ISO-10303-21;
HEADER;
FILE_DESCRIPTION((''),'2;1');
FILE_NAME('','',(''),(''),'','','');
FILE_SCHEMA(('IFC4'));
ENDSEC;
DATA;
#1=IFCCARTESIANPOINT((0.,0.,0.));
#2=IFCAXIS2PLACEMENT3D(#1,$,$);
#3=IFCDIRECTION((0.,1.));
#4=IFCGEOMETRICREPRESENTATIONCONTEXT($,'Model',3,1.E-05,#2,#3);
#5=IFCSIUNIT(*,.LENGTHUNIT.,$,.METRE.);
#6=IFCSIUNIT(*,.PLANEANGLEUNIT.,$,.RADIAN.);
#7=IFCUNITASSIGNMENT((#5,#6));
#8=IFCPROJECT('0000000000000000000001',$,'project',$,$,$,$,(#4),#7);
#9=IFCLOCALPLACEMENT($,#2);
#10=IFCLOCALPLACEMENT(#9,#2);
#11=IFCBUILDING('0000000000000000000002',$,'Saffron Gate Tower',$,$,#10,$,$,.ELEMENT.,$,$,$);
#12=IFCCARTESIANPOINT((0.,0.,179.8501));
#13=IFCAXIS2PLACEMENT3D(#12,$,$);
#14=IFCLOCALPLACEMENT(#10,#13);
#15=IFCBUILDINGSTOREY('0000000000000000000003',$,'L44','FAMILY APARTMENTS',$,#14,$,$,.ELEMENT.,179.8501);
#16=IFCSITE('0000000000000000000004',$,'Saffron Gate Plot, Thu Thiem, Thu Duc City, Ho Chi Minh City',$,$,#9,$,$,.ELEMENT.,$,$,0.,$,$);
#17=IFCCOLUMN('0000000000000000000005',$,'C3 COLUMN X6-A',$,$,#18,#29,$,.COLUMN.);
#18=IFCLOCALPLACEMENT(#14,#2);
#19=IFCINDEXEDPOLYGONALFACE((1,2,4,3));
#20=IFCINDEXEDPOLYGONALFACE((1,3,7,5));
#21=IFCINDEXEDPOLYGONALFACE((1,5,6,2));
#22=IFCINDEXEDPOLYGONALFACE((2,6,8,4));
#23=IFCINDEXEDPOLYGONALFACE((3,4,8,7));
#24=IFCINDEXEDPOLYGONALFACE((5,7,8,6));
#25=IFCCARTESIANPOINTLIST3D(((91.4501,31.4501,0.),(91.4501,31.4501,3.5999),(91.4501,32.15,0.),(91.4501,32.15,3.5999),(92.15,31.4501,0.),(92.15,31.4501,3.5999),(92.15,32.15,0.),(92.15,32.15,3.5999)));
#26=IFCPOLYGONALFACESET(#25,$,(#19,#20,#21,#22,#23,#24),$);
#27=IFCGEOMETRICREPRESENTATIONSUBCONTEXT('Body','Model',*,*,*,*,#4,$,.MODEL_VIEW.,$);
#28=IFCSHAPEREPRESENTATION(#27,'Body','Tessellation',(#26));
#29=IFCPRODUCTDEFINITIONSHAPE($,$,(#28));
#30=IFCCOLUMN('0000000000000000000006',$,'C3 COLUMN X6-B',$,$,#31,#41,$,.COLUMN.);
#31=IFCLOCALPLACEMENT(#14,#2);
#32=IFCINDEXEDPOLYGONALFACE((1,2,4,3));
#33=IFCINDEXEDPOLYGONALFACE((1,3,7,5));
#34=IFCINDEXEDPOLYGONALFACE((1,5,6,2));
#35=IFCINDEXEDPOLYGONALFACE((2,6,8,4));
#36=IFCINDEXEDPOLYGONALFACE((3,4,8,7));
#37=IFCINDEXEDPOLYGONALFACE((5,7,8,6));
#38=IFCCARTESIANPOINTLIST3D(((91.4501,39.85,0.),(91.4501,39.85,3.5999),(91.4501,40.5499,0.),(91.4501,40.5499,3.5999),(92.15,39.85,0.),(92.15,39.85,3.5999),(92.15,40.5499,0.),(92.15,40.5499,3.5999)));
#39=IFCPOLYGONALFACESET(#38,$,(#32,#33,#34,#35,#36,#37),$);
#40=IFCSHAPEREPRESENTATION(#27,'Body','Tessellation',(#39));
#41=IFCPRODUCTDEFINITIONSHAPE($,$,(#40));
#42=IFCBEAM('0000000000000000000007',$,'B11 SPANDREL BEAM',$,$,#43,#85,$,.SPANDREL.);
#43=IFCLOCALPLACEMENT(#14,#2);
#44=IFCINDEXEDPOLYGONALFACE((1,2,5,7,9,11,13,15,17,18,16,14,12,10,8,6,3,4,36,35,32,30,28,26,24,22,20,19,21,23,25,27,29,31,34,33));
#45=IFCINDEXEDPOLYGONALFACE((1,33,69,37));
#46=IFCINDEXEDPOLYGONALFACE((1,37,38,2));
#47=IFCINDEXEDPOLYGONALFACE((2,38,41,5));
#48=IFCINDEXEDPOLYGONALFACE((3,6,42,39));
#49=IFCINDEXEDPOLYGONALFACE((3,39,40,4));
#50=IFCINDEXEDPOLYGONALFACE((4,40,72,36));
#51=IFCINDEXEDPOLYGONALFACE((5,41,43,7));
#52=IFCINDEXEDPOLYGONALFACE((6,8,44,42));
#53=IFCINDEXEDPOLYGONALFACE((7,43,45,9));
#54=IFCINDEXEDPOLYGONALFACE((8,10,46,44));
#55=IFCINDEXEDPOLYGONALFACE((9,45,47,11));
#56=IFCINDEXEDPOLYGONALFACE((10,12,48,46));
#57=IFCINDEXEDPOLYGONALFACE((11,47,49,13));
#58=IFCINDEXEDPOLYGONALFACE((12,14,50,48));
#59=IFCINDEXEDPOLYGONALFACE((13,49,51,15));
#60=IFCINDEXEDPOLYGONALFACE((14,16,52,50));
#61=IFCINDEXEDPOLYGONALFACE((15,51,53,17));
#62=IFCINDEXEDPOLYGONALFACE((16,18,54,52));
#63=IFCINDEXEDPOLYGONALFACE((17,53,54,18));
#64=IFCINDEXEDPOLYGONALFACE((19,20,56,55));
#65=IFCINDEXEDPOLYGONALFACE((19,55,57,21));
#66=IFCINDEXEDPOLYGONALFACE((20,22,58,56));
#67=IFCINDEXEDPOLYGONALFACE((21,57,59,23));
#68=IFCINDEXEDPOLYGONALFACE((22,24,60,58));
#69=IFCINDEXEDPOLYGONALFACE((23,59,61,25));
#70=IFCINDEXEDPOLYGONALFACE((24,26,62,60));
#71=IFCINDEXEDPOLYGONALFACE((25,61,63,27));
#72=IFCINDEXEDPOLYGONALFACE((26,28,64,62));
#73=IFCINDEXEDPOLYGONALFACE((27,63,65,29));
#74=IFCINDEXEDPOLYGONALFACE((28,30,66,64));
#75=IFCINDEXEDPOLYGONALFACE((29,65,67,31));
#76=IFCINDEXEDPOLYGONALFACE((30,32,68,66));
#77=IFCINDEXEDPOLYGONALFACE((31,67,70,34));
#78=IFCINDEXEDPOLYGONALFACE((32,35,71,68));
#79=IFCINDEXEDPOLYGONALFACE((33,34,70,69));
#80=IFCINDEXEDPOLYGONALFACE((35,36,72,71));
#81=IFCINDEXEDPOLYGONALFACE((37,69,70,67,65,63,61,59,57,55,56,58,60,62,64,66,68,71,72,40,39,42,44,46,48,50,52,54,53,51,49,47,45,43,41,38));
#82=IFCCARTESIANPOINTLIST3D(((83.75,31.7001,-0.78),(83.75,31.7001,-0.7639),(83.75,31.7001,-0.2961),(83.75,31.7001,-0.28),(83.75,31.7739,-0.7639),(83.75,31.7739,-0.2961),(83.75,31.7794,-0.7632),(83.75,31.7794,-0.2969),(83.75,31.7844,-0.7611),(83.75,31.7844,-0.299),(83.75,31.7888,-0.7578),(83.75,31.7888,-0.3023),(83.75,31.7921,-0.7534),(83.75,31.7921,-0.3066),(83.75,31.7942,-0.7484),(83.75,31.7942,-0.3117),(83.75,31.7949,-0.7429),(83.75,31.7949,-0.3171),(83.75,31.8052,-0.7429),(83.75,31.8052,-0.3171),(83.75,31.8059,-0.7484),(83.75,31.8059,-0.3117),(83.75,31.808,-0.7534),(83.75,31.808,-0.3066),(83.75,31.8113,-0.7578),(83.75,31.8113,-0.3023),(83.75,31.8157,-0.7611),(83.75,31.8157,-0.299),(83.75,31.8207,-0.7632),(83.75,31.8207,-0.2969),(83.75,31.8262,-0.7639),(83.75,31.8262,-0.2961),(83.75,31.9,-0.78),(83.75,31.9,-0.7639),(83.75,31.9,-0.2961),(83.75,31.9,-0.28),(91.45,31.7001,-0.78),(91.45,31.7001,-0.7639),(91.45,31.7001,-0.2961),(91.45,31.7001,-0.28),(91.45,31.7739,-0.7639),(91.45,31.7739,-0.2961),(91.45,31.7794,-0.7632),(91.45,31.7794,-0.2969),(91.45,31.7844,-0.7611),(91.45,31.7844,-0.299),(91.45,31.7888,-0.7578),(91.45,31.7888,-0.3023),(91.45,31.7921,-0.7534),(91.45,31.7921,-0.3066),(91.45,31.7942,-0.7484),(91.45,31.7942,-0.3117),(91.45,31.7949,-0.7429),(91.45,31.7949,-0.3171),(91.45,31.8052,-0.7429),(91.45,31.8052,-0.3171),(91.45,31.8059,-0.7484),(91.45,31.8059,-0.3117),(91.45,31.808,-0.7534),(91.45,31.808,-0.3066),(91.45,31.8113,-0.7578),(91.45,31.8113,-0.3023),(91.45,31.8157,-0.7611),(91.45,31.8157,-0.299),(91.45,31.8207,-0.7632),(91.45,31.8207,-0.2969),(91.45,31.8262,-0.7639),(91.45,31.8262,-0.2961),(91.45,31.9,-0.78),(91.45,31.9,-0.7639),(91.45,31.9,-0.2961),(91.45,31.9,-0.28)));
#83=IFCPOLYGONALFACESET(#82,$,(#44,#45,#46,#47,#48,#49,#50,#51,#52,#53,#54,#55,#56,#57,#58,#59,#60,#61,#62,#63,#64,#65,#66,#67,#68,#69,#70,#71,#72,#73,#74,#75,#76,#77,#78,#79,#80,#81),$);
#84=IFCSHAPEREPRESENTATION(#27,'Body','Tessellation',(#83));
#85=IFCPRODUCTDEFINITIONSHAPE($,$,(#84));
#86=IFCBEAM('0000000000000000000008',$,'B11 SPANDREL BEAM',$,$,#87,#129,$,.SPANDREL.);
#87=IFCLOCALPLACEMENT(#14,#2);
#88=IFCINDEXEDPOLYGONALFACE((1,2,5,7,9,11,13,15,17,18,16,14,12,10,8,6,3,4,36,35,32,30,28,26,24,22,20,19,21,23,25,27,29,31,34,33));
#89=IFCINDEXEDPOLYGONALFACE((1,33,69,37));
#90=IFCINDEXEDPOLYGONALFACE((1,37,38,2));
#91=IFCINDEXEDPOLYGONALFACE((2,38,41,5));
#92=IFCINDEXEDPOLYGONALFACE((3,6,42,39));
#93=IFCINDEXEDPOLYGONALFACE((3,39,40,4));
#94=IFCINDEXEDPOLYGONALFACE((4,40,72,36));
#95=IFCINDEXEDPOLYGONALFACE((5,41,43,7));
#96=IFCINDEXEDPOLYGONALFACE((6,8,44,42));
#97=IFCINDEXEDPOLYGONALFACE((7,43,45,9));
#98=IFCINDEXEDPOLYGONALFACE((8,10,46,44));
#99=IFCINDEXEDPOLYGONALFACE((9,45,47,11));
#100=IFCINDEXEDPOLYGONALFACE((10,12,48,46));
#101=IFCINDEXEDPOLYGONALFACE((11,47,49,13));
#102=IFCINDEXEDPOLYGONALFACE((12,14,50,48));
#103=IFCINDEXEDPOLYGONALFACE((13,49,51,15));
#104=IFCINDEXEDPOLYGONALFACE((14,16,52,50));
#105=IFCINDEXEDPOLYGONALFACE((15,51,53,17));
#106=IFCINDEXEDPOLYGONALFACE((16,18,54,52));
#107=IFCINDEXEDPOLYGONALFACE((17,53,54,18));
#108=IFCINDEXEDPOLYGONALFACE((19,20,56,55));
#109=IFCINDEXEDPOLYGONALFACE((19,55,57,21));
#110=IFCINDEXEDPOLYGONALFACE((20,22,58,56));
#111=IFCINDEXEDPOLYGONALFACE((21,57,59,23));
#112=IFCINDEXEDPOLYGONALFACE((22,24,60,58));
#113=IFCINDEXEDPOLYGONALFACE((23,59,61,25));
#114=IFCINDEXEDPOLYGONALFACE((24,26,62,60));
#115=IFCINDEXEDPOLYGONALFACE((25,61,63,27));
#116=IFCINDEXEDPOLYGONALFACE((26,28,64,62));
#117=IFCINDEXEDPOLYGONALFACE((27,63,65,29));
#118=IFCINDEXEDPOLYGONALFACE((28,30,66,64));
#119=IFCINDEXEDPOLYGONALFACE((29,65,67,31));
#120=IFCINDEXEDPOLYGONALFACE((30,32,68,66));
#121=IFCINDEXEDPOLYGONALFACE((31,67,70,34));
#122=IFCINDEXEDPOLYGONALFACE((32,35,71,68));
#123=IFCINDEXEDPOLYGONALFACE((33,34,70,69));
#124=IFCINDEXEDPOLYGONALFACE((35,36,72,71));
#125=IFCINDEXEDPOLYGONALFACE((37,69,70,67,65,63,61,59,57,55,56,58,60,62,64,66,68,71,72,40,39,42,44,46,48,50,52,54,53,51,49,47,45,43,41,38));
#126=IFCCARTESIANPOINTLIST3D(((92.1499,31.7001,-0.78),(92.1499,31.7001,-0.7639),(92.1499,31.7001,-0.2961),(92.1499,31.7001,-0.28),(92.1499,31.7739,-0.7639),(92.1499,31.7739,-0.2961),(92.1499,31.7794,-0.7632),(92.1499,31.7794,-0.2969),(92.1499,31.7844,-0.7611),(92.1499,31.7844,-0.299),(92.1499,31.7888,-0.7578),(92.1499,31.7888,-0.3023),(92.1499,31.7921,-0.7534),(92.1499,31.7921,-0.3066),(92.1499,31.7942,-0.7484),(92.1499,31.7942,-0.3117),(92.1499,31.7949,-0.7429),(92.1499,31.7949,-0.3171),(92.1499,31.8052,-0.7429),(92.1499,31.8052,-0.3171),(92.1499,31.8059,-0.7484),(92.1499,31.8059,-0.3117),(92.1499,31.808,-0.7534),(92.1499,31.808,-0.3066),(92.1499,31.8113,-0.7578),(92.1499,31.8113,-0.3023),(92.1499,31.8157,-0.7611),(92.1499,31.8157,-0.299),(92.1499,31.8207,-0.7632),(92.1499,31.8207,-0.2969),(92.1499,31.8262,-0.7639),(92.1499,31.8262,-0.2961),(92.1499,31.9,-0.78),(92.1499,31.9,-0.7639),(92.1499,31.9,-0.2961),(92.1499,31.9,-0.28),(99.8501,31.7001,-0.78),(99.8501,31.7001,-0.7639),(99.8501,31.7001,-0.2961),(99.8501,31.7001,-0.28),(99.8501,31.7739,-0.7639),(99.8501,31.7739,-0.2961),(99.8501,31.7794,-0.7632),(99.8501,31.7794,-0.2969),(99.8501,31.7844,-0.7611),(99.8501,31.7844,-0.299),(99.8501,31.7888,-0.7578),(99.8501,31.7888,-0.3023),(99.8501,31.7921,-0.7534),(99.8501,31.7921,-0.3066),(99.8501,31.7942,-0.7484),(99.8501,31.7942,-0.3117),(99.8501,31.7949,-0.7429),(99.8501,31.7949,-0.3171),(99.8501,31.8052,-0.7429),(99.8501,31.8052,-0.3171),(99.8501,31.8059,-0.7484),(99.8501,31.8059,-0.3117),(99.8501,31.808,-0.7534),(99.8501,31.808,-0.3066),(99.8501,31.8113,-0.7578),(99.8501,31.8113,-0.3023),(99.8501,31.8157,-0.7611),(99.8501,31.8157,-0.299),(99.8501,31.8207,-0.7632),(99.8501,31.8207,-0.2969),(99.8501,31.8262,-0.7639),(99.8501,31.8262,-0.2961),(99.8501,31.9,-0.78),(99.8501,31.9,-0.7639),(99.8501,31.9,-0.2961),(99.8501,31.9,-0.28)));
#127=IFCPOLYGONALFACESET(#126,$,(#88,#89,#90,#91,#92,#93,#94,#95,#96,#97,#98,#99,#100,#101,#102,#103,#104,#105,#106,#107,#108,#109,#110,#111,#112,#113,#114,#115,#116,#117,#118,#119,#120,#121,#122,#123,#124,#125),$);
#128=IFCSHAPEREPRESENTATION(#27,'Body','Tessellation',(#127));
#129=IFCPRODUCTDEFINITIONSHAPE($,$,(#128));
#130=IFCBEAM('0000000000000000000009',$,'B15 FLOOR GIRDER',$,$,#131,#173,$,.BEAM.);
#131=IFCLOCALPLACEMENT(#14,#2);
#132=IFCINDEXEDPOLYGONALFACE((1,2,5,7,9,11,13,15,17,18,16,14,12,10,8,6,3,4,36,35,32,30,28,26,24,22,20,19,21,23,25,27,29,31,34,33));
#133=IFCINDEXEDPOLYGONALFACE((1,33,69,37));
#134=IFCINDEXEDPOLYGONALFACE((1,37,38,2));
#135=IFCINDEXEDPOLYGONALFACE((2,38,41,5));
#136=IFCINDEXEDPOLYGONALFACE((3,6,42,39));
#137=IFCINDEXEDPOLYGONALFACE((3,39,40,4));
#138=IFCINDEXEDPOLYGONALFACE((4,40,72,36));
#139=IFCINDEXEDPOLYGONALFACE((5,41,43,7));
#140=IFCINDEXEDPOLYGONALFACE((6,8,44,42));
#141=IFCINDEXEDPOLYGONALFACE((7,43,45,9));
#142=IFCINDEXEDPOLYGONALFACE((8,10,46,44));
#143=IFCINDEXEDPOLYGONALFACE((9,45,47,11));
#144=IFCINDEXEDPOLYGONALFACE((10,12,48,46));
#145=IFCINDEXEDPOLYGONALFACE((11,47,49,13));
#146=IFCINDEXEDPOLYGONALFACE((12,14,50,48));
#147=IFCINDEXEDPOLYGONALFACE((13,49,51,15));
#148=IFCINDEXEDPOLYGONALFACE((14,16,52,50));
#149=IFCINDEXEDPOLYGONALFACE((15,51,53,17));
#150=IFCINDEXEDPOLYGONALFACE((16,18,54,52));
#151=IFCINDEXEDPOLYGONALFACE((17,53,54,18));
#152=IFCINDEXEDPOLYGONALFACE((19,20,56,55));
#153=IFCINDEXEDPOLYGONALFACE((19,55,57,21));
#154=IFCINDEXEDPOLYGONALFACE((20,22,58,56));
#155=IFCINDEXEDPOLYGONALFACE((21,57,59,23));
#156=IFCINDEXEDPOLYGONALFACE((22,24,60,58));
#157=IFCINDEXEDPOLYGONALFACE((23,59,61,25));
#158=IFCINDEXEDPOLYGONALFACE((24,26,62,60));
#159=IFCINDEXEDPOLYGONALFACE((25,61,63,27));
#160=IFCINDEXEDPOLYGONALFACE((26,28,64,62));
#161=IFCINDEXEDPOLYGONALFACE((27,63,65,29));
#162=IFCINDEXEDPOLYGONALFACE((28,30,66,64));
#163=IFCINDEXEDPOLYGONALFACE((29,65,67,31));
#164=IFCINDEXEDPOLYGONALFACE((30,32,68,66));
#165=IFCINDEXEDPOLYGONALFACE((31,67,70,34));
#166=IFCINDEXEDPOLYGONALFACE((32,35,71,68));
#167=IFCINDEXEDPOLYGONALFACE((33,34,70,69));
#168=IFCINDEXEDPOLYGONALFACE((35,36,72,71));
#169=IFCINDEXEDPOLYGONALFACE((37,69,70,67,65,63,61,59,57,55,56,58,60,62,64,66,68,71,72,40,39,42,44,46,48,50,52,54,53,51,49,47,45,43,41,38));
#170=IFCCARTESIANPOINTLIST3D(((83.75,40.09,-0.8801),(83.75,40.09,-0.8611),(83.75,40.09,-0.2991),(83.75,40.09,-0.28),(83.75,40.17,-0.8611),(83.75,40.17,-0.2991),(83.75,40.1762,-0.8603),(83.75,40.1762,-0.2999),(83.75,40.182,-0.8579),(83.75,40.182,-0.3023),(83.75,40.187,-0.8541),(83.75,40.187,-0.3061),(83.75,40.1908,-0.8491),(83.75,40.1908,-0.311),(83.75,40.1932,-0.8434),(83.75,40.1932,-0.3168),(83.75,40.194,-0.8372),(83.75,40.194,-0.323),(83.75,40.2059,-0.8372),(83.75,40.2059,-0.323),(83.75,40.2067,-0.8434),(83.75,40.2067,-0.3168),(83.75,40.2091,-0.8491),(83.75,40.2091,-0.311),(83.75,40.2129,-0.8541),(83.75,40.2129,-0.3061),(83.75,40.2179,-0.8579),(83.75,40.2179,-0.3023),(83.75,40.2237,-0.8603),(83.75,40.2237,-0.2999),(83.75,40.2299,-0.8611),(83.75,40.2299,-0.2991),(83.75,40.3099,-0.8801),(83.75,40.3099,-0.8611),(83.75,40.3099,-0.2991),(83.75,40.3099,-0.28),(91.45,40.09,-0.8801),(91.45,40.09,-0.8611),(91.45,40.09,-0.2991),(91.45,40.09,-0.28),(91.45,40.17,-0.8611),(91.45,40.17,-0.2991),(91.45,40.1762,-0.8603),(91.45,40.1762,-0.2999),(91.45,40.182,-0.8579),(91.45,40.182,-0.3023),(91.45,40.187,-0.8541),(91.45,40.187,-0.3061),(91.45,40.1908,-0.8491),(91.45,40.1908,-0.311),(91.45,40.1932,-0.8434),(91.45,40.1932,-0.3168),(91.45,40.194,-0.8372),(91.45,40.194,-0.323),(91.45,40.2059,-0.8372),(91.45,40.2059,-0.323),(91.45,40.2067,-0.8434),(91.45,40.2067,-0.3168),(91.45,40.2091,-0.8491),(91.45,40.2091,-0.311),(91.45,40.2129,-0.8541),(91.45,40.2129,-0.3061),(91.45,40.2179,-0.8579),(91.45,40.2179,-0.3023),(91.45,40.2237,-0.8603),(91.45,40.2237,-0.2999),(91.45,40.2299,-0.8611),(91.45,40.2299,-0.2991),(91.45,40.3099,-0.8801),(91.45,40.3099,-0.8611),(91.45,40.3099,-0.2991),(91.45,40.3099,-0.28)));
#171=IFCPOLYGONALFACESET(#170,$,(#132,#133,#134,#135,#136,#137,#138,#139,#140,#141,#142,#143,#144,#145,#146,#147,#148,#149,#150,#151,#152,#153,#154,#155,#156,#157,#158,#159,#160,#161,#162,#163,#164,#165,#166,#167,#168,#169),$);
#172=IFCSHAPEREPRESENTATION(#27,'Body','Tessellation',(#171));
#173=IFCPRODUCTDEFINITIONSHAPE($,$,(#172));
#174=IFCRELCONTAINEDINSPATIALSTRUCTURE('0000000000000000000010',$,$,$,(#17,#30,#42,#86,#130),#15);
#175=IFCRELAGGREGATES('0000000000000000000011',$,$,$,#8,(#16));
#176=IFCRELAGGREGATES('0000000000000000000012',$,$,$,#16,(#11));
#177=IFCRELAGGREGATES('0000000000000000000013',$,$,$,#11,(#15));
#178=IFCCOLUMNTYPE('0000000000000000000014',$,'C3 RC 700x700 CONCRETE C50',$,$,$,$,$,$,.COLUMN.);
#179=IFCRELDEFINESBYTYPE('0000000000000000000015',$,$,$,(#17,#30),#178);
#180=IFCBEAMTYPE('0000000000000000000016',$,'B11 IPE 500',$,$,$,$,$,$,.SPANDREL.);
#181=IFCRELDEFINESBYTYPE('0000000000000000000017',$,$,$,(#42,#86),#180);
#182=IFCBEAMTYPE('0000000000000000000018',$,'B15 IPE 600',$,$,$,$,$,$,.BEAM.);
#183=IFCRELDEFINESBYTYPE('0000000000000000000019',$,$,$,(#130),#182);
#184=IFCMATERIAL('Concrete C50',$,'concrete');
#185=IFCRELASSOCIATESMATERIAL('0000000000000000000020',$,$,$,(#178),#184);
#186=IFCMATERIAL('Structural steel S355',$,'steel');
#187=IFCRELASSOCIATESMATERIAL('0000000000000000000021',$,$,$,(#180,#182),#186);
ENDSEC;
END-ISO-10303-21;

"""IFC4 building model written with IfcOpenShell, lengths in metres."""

from ifc_helpers import new_model, si_unit, direction, frame, origin, origin_2d, place, context, subcontext, project, spatial, rectangle, i_section, extrude, material, material_profile, profile_set, type_object, element, save


model = new_model("IFC4")

# Units and contexts
model_context = context("Model", 3, precision=1e-05, world=origin(), true_north=direction((0.0, 1.0)))
body_context = subcontext(model_context, "Body", "Model", "MODEL_VIEW")
ifc_project = project(units=[si_unit("LENGTHUNIT", "METRE"), si_unit("PLANEANGLEUNIT", "RADIAN")], contexts=[model_context])

# Site, building, storey
site_placement = place(None, origin())
site = spatial("IfcSite", under=ifc_project, at=site_placement, Name="Saffron Gate Plot, Thu Thiem, Thu Duc City, Ho Chi Minh City", CompositionType="ELEMENT", RefElevation=0.0)
building_placement = place(site_placement, origin())
building = spatial("IfcBuilding", under=site, at=building_placement, Name="Saffron Gate Tower", CompositionType="ELEMENT")
storey_placement = place(building_placement, frame((0.0, 0.0, 179.8501)))
storey = spatial("IfcBuildingStorey", under=building, at=storey_placement, Name="L44", Description="FAMILY APARTMENTS", CompositionType="ELEMENT", Elevation=179.8501)

# Columns
ifc_material_1 = material(Name="Concrete C50", Category="concrete")
ifc_material_profile_1 = material_profile(ifc_material_1, rectangle(XDim=0.7, YDim=0.7, at=origin_2d()))
ifc_profile_set_1 = profile_set([ifc_material_profile_1], Name="Concrete C50")
column_type = type_object("IfcColumnType", Name="C3 RC 700x700 CONCRETE C50", PredefinedType="COLUMN", material=ifc_profile_set_1)
for number, where, z_axis, x_axis, name in (
    (1, (91.8, 31.8, 0.0), (0.0, 0.0, 1.0), (1.0, 0.0, 0.0), "C3 COLUMN X6-A"),
    (2, (91.8, 40.2, 0.0), (0.0, 0.0, 1.0), (1.0, 0.0, 0.0), "C3 COLUMN X6-B"),
):
    element("IfcColumn", number, at=place(storey_placement, frame(where, z_axis=z_axis, x_axis=x_axis)), inside=storey, type_object=column_type, Name=name, PredefinedType="COLUMN", context=body_context, shape_type="SweptSolid", body=[
        extrude(rectangle(XDim=0.7, YDim=0.7, at=origin_2d()), origin(), (0.0, 0.0, 1.0), 3.5999),
    ])

# Beams
ifc_material_2 = material(Name="Structural steel S355", Category="steel")
ifc_material_profile_2 = material_profile(ifc_material_2, i_section(OverallWidth=0.2, OverallDepth=0.5, WebThickness=0.0103, FlangeThickness=0.0161, FilletRadius=0.021, at=origin_2d()))
ifc_profile_set_2 = profile_set([ifc_material_profile_2], Name="Structural steel S355")
beam_type_1 = type_object("IfcBeamType", Name="B11 IPE 500", PredefinedType="SPANDREL", material=ifc_profile_set_2)
beam_1_placement = place(storey_placement, frame((83.75, 31.8, -0.53), z_axis=(1.0, 0.0, 0.0), x_axis=(0.0, 1.0, 0.0)))
element("IfcBeam", 3, at=beam_1_placement, inside=storey, type_object=beam_type_1, Name="B11 SPANDREL BEAM", PredefinedType="SPANDREL", context=body_context, shape_type="SweptSolid", body=[
    extrude(i_section(OverallWidth=0.2, OverallDepth=0.5, WebThickness=0.0103, FlangeThickness=0.0161, FilletRadius=0.021, at=origin_2d()), origin(), (0.0, 0.0, 1.0), 7.7),
])
beam_2_placement = place(storey_placement, frame((92.1499, 31.8, -0.53), z_axis=(1.0, 0.0, 0.0), x_axis=(0.0, 1.0, 0.0)))
element("IfcBeam", 4, at=beam_2_placement, inside=storey, type_object=beam_type_1, Name="B11 SPANDREL BEAM", PredefinedType="SPANDREL", context=body_context, shape_type="SweptSolid", body=[
    extrude(i_section(OverallWidth=0.2, OverallDepth=0.5, WebThickness=0.0103, FlangeThickness=0.0161, FilletRadius=0.021, at=origin_2d()), origin(), (0.0, 0.0, 1.0), 7.7002),
])
ifc_material_profile_3 = material_profile(ifc_material_2, i_section(OverallWidth=0.22, OverallDepth=0.6001, WebThickness=0.012, FlangeThickness=0.019, FilletRadius=0.0239, at=origin_2d()))
ifc_profile_set_3 = profile_set([ifc_material_profile_3], Name="Structural steel S355")
beam_type_2 = type_object("IfcBeamType", Name="B15 IPE 600", PredefinedType="BEAM", material=ifc_profile_set_3)
beam_3_placement = place(storey_placement, frame((83.75, 40.2, -0.5801), z_axis=(1.0, 0.0, 0.0), x_axis=(0.0, 1.0, 0.0)))
element("IfcBeam", 5, at=beam_3_placement, inside=storey, type_object=beam_type_2, Name="B15 FLOOR GIRDER", PredefinedType="BEAM", context=body_context, shape_type="SweptSolid", body=[
    extrude(i_section(OverallWidth=0.22, OverallDepth=0.6001, WebThickness=0.012, FlangeThickness=0.019, FilletRadius=0.0239, at=origin_2d()), origin(), (0.0, 0.0, 1.0), 7.7),
])

save(model, "model.ifc")
